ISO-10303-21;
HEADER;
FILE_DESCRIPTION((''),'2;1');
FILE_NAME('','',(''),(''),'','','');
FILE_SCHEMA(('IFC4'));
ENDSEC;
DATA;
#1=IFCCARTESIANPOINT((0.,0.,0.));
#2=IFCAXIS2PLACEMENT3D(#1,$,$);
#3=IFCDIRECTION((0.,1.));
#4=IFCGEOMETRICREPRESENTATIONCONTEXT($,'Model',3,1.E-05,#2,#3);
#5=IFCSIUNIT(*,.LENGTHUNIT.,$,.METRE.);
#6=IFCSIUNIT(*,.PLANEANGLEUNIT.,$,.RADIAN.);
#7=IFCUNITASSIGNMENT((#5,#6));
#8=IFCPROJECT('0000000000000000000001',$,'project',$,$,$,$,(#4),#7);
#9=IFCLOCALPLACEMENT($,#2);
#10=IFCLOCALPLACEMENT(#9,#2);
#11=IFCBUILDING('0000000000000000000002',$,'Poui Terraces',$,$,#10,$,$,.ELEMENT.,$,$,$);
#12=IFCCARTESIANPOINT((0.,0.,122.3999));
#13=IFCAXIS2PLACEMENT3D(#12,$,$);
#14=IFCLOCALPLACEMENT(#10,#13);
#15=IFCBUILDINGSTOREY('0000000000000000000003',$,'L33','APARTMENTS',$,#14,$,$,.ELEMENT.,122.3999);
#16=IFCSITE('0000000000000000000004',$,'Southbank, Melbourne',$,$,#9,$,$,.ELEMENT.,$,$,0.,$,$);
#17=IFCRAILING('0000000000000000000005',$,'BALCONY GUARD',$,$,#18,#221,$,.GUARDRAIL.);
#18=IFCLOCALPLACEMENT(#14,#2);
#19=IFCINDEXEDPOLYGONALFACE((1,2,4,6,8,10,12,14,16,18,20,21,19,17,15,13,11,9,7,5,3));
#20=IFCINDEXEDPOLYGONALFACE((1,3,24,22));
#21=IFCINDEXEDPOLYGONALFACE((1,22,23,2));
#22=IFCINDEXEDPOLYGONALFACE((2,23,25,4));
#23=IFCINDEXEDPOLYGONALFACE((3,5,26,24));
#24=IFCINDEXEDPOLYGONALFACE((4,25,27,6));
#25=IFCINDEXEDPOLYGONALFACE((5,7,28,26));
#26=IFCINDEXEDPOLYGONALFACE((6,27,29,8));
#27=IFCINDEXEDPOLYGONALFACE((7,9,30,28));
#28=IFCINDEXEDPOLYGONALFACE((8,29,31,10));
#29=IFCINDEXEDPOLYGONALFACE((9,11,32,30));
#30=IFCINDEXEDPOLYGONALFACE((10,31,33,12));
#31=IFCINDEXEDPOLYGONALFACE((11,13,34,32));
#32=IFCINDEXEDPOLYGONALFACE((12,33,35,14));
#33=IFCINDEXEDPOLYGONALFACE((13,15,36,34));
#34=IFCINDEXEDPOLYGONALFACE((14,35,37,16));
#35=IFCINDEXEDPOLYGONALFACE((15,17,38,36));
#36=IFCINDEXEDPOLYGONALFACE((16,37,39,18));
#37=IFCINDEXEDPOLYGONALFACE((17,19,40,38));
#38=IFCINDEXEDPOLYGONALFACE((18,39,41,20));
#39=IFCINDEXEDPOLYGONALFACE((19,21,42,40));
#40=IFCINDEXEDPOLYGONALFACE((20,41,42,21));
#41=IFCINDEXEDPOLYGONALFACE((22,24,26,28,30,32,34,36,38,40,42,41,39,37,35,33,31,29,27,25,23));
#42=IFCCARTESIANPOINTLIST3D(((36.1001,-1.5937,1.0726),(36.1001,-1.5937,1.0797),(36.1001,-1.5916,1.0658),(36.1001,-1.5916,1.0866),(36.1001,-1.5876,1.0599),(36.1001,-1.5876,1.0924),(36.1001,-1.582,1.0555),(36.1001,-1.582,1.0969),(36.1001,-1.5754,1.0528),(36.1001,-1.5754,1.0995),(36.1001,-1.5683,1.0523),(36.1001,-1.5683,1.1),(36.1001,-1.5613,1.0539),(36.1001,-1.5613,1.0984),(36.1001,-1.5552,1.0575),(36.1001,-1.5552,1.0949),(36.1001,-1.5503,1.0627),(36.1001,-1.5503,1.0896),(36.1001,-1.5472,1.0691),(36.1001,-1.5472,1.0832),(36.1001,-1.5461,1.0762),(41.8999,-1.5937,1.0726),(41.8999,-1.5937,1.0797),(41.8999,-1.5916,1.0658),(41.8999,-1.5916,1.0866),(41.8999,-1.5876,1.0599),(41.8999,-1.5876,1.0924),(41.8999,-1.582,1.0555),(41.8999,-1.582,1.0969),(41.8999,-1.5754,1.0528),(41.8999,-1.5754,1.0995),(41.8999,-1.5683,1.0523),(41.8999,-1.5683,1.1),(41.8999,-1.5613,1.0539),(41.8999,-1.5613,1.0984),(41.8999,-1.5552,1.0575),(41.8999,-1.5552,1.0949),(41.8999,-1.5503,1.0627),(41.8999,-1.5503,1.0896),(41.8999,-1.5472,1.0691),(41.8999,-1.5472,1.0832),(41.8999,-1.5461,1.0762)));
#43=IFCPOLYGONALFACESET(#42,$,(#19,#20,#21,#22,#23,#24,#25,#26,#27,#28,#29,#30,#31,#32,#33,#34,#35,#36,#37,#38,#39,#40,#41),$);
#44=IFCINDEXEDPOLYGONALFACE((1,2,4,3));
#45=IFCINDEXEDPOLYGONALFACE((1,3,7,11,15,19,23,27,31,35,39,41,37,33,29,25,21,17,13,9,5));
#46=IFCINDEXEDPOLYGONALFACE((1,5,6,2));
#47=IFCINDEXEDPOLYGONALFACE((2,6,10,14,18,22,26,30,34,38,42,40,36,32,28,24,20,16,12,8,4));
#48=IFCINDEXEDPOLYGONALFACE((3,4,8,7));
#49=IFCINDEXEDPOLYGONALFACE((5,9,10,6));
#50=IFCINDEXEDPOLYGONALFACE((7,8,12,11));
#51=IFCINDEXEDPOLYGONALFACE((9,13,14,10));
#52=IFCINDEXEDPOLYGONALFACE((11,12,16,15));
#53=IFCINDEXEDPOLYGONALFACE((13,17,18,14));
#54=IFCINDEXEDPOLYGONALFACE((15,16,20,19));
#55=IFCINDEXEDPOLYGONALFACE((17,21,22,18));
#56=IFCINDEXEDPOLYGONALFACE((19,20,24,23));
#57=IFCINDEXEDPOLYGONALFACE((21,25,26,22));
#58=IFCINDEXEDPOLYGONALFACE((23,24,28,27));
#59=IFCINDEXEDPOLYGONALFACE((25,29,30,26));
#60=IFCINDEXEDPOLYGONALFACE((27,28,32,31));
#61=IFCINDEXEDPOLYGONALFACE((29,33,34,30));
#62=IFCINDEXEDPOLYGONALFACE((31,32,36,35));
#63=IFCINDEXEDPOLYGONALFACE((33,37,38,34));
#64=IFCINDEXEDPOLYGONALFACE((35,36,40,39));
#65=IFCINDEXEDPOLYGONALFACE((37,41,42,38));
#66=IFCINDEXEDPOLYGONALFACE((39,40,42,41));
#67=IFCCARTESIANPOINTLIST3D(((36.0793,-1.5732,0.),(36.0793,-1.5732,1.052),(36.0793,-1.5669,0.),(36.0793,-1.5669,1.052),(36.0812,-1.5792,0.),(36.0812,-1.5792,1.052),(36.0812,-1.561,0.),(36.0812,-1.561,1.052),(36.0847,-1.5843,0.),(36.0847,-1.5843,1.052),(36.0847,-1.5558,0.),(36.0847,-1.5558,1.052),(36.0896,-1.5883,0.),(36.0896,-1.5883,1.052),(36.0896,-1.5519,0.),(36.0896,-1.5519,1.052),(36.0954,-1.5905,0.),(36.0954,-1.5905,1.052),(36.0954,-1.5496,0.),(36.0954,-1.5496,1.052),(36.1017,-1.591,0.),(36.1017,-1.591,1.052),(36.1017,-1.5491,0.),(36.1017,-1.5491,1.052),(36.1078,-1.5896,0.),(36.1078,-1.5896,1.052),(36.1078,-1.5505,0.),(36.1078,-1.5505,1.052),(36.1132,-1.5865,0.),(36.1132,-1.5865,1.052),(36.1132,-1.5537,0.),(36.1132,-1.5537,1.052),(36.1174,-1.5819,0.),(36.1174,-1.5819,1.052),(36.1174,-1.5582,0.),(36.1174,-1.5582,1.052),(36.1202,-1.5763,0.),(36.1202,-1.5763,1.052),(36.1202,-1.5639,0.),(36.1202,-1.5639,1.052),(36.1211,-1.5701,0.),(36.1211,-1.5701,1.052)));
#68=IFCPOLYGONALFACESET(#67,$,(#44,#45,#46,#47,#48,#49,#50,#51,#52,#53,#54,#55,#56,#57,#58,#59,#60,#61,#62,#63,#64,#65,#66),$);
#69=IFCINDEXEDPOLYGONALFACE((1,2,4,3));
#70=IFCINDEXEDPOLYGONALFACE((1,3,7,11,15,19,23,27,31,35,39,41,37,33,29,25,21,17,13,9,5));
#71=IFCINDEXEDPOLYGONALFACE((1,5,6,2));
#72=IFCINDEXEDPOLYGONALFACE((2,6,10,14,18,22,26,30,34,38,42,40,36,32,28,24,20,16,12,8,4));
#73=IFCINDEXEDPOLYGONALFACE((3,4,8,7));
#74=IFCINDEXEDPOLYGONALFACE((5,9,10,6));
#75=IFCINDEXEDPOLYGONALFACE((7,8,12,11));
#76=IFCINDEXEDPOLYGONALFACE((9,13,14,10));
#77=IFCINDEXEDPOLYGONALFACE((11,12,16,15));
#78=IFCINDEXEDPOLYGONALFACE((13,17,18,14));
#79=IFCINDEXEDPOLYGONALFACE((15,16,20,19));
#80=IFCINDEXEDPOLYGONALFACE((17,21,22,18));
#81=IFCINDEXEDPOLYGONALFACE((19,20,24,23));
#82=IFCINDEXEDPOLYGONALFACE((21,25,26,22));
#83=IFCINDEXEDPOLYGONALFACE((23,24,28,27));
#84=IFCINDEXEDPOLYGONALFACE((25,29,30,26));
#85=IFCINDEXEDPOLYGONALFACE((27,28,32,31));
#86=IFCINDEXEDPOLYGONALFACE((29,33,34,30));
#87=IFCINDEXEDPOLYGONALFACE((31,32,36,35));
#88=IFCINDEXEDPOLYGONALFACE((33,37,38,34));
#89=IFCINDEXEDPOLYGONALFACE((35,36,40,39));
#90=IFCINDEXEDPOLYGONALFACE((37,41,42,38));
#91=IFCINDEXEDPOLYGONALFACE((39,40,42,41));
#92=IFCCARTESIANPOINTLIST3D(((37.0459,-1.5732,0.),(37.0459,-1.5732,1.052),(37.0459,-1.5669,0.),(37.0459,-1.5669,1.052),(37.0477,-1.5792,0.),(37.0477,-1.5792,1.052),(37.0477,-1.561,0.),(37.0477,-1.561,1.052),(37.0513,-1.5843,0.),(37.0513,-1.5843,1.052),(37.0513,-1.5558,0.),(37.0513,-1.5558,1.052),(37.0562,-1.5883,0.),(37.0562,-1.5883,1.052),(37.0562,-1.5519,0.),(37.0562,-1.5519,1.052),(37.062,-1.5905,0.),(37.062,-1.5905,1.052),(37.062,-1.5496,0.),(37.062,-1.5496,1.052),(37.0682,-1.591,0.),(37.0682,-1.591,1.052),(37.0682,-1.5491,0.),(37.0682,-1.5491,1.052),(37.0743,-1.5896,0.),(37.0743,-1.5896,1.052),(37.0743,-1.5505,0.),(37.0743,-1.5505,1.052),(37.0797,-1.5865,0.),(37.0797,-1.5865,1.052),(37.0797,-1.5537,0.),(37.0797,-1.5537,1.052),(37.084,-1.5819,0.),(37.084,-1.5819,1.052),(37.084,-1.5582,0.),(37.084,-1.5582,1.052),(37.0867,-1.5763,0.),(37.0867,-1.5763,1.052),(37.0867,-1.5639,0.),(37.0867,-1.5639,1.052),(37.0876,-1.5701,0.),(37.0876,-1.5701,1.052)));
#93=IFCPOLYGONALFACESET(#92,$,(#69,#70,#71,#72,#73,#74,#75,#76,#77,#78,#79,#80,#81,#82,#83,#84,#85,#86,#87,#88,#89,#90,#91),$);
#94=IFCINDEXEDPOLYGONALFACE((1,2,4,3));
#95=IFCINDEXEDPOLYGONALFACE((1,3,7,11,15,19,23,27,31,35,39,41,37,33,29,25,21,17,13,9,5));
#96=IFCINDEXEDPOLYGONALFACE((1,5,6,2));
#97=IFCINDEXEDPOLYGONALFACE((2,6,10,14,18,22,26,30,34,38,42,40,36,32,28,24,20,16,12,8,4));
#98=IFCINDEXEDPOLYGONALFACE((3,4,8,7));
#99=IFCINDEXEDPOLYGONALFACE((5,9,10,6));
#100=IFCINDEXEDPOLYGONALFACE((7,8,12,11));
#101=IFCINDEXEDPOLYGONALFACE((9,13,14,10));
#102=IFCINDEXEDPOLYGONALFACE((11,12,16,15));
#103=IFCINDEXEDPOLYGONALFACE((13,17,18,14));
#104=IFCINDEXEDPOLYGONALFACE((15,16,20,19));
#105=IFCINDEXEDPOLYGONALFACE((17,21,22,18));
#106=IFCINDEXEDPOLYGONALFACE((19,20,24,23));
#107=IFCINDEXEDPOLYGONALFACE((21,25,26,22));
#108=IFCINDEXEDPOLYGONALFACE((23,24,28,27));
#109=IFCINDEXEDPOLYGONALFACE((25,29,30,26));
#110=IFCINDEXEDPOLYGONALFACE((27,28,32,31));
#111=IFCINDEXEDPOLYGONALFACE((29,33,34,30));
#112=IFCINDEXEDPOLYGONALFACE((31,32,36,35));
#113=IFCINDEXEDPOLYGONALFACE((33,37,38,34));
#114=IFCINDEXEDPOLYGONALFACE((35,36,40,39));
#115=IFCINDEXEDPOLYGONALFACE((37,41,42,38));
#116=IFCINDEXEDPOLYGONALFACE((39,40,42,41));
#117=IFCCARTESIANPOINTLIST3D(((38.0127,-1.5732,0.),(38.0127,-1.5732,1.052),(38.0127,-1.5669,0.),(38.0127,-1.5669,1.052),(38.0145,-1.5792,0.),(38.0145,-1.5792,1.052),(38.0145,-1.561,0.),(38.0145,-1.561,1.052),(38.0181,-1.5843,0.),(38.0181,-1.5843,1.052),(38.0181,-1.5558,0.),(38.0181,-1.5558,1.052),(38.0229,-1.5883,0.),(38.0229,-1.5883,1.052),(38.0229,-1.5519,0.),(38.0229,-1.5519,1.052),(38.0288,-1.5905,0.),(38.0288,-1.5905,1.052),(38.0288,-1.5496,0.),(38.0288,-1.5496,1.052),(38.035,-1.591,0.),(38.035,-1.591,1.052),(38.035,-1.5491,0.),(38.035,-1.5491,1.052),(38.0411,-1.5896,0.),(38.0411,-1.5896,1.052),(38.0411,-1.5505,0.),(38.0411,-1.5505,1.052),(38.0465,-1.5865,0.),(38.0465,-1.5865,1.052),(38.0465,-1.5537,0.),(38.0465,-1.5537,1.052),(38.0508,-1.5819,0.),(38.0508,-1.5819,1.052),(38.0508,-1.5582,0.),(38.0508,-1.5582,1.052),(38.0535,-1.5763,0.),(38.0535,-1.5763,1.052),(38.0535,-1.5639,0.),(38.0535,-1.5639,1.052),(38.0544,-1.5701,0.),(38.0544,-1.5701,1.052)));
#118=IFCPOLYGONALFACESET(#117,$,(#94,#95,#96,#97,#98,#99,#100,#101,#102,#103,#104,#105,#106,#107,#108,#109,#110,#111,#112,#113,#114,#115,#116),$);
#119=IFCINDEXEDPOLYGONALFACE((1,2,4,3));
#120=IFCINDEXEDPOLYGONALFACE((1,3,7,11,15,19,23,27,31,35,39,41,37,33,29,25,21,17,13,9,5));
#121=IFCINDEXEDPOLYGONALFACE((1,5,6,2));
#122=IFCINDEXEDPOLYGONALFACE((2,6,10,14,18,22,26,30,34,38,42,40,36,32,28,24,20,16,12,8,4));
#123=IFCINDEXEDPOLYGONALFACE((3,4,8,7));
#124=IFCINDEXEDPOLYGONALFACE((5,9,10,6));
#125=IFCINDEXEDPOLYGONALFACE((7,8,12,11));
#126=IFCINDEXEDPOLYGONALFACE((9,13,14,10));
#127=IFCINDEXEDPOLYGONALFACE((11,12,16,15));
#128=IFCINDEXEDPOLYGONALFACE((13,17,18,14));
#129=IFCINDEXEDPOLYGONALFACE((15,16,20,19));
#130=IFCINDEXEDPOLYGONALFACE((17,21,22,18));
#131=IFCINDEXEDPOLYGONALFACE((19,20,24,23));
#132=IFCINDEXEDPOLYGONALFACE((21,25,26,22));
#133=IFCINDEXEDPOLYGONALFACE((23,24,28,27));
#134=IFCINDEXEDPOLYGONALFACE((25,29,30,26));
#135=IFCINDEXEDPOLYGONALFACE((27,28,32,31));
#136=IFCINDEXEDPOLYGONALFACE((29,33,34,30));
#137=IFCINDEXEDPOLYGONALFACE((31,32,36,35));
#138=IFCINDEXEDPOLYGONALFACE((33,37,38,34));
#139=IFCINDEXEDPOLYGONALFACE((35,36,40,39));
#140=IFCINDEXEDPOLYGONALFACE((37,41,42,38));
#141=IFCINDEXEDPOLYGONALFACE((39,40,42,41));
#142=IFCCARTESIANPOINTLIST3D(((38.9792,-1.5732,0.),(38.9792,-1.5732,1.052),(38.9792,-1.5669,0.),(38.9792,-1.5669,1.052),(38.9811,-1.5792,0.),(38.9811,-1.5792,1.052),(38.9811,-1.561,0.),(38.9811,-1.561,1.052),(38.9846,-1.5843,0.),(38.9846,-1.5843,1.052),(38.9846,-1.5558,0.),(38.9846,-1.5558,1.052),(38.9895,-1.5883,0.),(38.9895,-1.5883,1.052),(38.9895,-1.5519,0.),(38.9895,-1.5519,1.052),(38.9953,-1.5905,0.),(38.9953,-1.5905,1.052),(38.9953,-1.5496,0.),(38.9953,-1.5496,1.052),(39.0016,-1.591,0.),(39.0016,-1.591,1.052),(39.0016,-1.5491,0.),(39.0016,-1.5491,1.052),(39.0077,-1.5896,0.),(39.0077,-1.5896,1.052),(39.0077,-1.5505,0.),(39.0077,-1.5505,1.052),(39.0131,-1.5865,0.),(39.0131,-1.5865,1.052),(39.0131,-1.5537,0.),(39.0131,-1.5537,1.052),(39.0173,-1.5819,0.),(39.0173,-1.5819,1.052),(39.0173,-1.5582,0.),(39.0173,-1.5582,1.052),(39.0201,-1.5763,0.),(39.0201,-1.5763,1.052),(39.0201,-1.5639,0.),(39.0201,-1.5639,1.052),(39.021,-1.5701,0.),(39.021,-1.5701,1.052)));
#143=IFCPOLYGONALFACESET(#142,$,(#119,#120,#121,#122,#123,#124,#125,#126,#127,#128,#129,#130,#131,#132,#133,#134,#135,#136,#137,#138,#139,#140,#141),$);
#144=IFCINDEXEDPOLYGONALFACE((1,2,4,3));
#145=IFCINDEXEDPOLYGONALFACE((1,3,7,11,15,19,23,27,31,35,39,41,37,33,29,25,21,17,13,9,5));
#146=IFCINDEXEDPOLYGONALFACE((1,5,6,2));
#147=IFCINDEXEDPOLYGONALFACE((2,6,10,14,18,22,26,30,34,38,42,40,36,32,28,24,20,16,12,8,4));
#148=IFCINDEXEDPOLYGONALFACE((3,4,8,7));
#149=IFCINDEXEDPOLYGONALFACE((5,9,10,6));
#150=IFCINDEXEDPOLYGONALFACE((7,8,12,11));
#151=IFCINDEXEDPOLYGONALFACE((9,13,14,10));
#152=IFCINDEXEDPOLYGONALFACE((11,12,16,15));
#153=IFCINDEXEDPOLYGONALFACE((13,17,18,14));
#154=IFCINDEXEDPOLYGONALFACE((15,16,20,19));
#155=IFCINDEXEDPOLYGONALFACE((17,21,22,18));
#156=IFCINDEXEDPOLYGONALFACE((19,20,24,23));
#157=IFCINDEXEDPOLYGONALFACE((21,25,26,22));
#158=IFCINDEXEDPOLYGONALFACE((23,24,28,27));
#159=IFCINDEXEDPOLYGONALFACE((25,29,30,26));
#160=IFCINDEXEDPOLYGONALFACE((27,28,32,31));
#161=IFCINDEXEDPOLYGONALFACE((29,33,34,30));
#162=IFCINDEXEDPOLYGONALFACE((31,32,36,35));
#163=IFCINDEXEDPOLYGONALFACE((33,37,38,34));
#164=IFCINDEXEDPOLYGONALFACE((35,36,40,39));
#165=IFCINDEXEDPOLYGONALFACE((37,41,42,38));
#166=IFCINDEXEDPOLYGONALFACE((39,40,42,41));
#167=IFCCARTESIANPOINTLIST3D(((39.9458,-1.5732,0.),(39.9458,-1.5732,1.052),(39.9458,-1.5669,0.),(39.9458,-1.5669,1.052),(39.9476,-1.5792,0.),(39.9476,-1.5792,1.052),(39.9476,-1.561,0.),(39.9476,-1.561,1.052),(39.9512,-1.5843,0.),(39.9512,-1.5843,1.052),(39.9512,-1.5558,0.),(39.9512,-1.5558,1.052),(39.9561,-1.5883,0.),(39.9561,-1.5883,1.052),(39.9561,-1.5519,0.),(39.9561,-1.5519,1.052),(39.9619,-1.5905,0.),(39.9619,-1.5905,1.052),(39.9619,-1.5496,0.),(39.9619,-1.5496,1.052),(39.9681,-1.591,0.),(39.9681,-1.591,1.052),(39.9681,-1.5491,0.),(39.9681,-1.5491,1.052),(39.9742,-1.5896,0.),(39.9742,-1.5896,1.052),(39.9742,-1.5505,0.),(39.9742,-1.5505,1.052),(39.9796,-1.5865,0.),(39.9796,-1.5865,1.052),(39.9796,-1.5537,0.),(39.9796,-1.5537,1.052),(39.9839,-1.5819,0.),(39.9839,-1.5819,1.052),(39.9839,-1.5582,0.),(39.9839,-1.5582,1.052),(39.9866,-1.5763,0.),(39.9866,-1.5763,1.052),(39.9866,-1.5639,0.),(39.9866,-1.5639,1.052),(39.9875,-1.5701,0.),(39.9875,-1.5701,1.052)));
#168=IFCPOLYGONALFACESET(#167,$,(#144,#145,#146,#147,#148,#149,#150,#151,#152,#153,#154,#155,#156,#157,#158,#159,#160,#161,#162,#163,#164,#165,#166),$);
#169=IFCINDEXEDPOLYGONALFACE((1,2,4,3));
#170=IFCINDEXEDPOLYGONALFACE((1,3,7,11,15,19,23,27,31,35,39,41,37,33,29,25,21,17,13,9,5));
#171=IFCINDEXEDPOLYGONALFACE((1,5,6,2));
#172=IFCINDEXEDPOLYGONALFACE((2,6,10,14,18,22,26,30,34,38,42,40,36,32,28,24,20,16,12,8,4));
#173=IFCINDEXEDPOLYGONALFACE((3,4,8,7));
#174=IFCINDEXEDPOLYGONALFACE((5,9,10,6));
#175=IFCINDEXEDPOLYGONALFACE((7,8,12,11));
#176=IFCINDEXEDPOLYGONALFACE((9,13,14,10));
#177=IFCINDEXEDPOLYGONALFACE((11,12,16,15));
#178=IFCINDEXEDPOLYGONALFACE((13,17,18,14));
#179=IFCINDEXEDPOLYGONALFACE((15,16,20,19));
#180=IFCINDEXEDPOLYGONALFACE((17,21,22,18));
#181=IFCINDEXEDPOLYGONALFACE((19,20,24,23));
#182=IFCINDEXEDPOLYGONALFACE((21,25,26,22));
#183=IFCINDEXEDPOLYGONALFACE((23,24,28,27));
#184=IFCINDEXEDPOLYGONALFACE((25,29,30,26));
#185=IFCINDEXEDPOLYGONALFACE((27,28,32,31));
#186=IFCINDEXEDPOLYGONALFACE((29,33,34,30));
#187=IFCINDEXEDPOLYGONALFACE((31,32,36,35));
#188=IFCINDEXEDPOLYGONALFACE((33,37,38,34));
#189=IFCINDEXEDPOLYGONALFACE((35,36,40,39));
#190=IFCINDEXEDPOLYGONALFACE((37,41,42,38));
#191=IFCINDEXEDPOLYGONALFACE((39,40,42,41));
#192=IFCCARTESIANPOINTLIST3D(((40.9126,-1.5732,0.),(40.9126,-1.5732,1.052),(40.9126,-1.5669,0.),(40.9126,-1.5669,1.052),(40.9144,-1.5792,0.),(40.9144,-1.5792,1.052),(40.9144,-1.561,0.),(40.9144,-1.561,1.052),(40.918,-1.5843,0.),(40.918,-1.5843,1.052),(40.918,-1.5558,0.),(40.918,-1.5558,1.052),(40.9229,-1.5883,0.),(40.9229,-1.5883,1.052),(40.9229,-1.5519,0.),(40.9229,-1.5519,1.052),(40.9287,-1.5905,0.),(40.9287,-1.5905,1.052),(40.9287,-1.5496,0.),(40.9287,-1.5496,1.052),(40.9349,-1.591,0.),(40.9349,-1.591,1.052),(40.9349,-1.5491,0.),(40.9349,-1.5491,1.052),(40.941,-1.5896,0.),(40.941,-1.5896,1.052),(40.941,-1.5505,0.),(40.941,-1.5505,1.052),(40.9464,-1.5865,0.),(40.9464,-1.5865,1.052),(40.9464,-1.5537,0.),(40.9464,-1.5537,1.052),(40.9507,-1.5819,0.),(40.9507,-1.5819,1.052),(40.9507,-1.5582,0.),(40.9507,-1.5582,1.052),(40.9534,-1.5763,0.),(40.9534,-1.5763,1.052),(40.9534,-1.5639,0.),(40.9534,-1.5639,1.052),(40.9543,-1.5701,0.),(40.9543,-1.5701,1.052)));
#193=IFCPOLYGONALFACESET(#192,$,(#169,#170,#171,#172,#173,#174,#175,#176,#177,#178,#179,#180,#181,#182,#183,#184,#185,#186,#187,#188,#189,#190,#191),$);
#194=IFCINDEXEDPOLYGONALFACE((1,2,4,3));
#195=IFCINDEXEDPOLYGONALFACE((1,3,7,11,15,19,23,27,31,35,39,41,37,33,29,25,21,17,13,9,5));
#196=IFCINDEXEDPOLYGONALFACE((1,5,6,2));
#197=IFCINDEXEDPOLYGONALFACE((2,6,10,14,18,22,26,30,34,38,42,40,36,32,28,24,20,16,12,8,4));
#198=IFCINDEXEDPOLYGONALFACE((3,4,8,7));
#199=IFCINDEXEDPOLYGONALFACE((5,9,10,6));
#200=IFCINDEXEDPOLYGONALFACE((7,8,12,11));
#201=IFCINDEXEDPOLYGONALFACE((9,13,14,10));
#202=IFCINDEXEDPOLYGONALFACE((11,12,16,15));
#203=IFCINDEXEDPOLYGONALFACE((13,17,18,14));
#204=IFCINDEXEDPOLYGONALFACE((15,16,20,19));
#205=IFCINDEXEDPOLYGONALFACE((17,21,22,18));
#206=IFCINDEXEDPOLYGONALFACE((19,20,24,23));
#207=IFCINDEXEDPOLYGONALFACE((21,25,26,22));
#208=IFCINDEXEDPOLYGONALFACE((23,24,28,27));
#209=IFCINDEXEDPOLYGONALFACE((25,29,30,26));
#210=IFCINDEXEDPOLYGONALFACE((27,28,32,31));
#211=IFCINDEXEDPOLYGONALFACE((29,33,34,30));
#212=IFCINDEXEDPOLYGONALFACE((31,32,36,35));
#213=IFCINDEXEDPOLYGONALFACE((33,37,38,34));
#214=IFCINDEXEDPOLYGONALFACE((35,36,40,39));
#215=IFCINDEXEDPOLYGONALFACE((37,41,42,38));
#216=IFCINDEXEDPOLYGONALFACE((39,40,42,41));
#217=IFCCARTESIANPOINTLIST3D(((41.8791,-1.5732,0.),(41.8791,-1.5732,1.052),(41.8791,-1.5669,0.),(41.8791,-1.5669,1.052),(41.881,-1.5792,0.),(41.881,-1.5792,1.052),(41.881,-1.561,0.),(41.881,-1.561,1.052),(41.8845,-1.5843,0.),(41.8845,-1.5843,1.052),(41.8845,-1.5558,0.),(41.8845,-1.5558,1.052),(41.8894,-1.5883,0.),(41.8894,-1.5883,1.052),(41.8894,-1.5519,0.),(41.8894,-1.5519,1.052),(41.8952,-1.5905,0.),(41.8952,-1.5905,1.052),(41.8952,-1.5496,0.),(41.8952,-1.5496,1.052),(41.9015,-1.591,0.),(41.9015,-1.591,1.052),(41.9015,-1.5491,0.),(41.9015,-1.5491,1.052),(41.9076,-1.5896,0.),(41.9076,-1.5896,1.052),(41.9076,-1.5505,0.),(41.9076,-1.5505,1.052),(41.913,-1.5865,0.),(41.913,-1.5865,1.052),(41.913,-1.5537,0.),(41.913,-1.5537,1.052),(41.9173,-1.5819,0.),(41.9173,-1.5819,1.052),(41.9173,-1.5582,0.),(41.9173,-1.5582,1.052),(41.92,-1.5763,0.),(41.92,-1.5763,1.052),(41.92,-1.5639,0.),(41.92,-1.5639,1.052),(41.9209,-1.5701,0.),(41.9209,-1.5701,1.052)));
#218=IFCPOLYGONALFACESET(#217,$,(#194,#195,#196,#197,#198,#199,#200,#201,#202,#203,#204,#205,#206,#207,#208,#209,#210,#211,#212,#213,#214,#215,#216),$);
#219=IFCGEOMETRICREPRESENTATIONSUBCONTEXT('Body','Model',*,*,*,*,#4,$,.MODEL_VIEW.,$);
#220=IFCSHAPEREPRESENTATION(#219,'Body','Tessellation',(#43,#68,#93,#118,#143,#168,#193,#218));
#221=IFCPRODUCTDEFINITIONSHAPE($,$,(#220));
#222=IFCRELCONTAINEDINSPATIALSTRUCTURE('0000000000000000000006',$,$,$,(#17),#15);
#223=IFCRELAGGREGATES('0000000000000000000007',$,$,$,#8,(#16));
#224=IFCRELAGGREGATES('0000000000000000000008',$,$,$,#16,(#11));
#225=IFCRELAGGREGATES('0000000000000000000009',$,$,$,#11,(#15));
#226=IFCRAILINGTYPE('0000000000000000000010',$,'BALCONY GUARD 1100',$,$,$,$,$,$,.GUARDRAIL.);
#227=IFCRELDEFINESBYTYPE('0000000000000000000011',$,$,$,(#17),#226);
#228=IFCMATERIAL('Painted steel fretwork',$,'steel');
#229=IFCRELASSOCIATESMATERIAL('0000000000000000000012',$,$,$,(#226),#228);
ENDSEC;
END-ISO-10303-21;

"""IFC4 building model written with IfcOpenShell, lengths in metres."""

from ifc_helpers import new_model, si_unit, direction, frame, origin, origin_2d, place, context, subcontext, project, spatial, circle, extrude, material, type_object, element, save


model = new_model("IFC4")

# Units and contexts
model_context = context("Model", 3, precision=1e-05, world=origin(), true_north=direction((0.0, 1.0)))
body_context = subcontext(model_context, "Body", "Model", "MODEL_VIEW")
ifc_project = project(units=[si_unit("LENGTHUNIT", "METRE"), si_unit("PLANEANGLEUNIT", "RADIAN")], contexts=[model_context])

# Site, building, storey
site_placement = place(None, origin())
site = spatial("IfcSite", under=ifc_project, at=site_placement, Name="Southbank, Melbourne", CompositionType="ELEMENT", RefElevation=0.0)
building_placement = place(site_placement, origin())
building = spatial("IfcBuilding", under=site, at=building_placement, Name="Poui Terraces", CompositionType="ELEMENT")
storey_placement = place(building_placement, frame((0.0, 0.0, 122.3999)))
storey = spatial("IfcBuildingStorey", under=building, at=storey_placement, Name="L33", Description="APARTMENTS", CompositionType="ELEMENT", Elevation=122.3999)

# Railing
ifc_material_1 = material(Name="Painted steel fretwork", Category="steel")
railing_type = type_object("IfcRailingType", Name="BALCONY GUARD 1100", PredefinedType="GUARDRAIL", material=ifc_material_1)
railing_placement = place(storey_placement, frame((36.1001, -1.5701, 0.0)))
element("IfcRailing", 1, at=railing_placement, inside=storey, type_object=railing_type, Name="BALCONY GUARD", PredefinedType="GUARDRAIL", context=body_context, shape_type="SweptSolid", body=[
    extrude(circle(Radius=0.0239, at=origin_2d()), frame((0.0, 0.0, 1.0762), z_axis=(1.0, 0.0, 0.0), x_axis=(0.0, 1.0, 0.0)), (0.0, 0.0, 1.0), 5.7998),
    extrude(circle(Radius=0.021, at=origin_2d()), origin(), (0.0, 0.0, 1.0), 1.052),
    extrude(circle(Radius=0.021, at=origin_2d()), frame((0.9666, 0.0, 0.0)), (0.0, 0.0, 1.0), 1.052),
    extrude(circle(Radius=0.021, at=origin_2d()), frame((1.9333, 0.0, 0.0)), (0.0, 0.0, 1.0), 1.052),
    extrude(circle(Radius=0.021, at=origin_2d()), frame((2.8999, 0.0, 0.0)), (0.0, 0.0, 1.0), 1.052),
    extrude(circle(Radius=0.021, at=origin_2d()), frame((3.8665, 0.0, 0.0)), (0.0, 0.0, 1.0), 1.052),
    extrude(circle(Radius=0.021, at=origin_2d()), frame((4.8333, 0.0, 0.0)), (0.0, 0.0, 1.0), 1.052),
    extrude(circle(Radius=0.021, at=origin_2d()), frame((5.7998, 0.0, 0.0)), (0.0, 0.0, 1.0), 1.052),
])

save(model, "model.ifc")
